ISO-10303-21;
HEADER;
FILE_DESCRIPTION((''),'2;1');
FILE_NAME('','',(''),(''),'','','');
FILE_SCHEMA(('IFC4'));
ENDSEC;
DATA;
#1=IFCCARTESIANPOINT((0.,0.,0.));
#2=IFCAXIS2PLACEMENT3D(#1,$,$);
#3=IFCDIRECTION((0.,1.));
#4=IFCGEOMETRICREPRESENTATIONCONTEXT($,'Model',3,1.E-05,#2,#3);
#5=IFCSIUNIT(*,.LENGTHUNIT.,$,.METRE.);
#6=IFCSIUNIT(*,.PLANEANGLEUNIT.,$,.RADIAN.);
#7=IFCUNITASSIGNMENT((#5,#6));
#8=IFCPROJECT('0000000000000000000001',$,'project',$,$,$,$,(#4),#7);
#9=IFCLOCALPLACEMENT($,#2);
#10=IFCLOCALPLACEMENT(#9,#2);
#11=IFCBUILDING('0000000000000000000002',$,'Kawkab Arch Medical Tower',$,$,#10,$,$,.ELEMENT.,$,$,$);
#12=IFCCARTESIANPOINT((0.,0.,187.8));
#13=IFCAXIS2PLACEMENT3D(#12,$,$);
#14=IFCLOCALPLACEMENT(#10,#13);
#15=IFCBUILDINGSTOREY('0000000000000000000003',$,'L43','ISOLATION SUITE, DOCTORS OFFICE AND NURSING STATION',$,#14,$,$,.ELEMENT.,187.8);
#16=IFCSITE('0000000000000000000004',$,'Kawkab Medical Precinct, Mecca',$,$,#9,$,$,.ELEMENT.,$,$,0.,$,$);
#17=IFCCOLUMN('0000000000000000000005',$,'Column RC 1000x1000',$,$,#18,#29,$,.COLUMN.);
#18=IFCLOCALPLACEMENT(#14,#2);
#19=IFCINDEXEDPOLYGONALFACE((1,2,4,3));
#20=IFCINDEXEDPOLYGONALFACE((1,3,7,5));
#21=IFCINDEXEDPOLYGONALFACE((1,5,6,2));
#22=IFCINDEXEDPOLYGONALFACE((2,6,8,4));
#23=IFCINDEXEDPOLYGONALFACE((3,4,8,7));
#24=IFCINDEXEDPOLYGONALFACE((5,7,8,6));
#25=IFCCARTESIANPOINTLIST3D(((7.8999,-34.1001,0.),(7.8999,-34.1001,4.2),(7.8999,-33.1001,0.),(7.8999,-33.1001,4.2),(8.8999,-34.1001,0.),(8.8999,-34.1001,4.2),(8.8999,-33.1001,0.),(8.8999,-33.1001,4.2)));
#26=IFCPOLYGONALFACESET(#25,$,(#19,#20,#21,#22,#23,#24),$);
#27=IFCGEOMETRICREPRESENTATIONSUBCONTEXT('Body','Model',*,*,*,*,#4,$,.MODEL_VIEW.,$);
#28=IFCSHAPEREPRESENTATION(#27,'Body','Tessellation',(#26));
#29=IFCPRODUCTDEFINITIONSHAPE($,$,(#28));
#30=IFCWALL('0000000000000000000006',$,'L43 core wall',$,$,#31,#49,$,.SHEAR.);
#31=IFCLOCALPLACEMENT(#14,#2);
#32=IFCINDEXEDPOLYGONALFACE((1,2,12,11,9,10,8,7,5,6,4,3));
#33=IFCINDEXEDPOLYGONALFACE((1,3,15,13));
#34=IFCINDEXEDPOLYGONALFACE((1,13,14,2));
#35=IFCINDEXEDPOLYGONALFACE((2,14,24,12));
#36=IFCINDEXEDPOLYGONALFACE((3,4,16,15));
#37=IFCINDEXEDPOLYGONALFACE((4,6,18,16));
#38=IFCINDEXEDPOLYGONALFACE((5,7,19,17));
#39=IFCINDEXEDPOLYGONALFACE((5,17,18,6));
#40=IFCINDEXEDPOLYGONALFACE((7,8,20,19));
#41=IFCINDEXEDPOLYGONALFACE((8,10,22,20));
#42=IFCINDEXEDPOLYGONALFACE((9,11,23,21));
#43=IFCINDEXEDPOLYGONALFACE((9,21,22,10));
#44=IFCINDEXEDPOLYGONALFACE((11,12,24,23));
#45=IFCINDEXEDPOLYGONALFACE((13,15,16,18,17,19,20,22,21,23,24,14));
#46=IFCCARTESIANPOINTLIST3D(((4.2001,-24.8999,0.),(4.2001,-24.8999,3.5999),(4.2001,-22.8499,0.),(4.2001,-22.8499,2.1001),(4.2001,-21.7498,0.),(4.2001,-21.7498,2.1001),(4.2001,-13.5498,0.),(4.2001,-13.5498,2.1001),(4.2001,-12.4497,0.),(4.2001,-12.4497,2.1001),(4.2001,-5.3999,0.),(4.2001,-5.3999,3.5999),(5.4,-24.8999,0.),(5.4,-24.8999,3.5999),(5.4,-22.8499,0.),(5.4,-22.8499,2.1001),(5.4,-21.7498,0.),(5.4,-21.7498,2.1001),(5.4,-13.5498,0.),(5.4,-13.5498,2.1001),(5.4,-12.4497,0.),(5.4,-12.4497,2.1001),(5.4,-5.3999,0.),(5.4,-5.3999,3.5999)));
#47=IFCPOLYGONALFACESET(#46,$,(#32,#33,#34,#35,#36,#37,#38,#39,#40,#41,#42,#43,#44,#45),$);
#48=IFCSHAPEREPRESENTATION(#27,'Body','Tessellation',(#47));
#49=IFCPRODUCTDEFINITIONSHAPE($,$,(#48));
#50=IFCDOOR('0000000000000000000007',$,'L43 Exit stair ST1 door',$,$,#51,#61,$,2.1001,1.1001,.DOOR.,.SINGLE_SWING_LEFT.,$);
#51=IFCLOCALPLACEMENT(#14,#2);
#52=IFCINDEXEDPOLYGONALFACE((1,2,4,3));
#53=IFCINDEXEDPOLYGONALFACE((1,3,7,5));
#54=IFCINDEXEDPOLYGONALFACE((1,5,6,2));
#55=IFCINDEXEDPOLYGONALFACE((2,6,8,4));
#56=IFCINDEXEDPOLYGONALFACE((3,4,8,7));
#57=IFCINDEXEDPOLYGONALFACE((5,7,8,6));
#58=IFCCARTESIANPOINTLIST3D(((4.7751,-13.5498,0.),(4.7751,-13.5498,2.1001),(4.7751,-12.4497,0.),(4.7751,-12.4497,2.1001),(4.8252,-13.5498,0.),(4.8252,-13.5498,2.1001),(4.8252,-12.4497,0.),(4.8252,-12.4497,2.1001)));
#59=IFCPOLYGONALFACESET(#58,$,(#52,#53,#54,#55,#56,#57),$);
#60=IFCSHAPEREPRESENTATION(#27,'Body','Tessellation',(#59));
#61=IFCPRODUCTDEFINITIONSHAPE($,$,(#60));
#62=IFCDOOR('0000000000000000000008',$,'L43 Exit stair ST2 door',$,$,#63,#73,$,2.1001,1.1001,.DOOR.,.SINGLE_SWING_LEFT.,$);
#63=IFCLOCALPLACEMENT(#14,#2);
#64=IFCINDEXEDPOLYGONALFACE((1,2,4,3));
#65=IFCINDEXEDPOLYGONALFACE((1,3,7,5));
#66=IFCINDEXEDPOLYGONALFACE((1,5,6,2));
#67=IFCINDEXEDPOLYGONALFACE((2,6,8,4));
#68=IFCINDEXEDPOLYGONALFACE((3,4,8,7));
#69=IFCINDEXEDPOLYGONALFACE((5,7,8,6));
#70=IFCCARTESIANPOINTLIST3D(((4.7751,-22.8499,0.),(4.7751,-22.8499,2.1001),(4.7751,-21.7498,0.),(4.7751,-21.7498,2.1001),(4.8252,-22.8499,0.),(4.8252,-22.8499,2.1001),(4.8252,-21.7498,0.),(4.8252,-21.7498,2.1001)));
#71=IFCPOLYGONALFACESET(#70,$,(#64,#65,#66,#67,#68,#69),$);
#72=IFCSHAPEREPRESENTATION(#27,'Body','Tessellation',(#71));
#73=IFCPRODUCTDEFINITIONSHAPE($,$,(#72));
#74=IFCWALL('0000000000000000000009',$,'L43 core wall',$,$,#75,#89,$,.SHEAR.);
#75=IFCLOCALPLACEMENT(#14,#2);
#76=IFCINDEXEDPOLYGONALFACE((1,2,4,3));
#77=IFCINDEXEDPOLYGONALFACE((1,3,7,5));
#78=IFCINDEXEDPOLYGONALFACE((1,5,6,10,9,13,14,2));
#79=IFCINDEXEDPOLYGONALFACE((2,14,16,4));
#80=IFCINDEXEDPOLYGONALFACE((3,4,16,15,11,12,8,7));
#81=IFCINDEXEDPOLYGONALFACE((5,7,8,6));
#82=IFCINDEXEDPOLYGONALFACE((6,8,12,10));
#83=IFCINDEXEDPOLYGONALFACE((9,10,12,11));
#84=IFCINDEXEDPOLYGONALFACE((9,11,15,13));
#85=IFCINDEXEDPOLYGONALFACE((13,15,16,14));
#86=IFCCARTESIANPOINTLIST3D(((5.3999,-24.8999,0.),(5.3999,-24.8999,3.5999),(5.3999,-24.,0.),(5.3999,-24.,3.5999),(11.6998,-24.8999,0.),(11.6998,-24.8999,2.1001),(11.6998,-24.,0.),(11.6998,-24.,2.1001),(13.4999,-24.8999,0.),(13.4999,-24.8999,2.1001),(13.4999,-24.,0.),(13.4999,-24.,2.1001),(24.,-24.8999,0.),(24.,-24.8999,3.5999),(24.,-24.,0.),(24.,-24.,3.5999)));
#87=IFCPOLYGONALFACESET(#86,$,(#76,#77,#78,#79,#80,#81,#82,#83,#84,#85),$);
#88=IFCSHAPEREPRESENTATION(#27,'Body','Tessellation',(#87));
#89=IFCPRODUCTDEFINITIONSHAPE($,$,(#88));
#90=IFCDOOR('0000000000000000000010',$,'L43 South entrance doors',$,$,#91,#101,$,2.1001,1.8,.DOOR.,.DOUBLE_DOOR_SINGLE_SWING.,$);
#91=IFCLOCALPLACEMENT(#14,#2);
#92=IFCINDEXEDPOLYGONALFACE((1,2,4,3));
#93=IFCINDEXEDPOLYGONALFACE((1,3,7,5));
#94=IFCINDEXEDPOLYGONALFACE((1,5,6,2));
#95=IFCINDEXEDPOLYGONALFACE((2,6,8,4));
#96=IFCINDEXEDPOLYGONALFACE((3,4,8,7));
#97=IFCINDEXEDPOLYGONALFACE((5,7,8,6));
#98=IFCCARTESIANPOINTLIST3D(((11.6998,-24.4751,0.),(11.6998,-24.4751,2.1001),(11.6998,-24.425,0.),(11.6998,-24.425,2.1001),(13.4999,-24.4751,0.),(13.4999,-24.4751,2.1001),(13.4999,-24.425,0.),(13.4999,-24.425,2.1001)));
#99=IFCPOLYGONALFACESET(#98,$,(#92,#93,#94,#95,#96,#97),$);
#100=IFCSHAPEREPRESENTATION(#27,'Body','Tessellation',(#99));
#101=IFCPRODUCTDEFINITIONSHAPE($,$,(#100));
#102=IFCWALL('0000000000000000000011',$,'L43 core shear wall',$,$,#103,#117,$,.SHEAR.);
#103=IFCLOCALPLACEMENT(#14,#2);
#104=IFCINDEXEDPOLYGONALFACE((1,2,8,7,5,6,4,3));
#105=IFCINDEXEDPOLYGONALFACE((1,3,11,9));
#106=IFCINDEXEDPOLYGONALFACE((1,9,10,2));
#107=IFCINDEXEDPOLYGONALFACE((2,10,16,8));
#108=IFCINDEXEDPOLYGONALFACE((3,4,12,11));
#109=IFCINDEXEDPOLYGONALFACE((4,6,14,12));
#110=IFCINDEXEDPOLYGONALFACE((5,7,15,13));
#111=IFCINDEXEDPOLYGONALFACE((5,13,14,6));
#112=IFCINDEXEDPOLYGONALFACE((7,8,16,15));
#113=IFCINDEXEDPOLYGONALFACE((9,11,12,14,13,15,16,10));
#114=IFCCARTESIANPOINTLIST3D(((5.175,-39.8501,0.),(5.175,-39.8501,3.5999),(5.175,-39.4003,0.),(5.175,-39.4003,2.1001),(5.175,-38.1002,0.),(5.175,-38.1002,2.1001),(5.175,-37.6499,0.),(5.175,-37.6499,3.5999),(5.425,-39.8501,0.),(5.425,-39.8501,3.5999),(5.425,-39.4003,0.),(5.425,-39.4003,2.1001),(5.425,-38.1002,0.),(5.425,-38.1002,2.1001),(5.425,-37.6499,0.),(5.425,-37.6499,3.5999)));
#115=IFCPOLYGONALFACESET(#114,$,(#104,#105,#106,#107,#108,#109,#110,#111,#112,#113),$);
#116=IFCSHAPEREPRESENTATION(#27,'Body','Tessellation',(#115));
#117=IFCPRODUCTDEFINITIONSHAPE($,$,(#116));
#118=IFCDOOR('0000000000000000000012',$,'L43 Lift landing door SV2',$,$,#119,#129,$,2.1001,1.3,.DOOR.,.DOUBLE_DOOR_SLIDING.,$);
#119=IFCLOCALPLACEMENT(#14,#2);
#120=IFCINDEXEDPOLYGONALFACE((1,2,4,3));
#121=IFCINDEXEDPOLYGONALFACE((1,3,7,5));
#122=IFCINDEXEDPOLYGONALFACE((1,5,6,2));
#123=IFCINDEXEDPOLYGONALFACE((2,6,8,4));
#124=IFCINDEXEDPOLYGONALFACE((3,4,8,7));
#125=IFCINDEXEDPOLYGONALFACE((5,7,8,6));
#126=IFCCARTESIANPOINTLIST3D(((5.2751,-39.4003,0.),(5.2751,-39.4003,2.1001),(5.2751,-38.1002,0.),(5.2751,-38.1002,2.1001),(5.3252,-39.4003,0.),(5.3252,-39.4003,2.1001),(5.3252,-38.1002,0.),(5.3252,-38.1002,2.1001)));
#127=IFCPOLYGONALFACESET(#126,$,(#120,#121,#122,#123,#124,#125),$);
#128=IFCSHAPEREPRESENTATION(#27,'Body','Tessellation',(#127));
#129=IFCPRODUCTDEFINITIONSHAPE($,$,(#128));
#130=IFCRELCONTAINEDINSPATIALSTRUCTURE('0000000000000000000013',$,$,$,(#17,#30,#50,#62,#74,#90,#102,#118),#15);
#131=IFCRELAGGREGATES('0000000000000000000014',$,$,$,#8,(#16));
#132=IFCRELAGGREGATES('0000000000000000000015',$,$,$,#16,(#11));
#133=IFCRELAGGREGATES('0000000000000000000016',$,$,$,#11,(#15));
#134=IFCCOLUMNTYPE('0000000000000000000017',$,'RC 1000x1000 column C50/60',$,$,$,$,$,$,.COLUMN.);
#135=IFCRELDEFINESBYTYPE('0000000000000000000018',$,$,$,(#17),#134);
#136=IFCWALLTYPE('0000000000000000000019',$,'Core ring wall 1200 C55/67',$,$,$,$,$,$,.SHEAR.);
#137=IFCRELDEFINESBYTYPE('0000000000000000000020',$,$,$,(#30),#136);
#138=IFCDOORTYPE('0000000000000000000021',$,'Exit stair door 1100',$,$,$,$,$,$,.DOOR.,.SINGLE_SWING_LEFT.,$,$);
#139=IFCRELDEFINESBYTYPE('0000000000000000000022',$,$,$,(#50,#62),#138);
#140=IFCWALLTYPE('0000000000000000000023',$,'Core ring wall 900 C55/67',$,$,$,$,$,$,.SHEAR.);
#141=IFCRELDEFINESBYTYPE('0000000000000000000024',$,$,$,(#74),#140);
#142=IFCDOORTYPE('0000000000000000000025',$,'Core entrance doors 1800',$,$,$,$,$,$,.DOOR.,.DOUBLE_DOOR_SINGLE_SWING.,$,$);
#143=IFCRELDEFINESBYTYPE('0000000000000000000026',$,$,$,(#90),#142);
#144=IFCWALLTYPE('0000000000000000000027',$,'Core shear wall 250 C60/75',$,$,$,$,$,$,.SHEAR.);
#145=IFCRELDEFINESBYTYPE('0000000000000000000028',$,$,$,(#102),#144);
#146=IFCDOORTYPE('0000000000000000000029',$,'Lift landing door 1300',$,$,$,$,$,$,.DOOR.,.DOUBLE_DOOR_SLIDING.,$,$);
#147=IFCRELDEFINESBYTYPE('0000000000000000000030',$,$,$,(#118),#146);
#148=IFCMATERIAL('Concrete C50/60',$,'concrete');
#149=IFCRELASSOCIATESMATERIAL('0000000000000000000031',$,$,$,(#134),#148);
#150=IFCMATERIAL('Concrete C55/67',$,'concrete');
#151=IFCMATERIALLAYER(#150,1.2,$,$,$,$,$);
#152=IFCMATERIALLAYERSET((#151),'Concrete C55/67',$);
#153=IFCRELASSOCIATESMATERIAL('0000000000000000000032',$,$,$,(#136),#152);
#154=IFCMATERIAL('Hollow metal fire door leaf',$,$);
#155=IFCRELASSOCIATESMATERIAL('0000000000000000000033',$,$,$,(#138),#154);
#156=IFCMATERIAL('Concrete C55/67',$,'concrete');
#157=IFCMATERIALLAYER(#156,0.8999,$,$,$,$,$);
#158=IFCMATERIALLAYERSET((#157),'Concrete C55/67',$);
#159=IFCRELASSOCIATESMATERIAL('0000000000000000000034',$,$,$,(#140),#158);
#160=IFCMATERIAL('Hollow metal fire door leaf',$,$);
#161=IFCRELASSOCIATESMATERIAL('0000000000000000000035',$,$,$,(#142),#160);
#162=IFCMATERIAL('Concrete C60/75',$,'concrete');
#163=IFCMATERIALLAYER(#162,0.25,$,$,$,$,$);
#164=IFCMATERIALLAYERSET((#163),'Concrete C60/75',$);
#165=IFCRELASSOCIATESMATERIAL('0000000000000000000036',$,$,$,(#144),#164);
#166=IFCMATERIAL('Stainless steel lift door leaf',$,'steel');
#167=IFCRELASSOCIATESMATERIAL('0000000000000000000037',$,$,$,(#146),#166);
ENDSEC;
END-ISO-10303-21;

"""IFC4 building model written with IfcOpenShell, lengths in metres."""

from ifc_helpers import new_model, si_unit, direction, frame, frame_2d, origin, origin_2d, place, context, subcontext, project, spatial, rectangle, extrude, material, layer, layer_set, material_profile, profile_set, type_object, element, fill, save


model = new_model("IFC4")

# Units and contexts
model_context = context("Model", 3, precision=1e-05, world=origin(), true_north=direction((0.0, 1.0)))
body_context = subcontext(model_context, "Body", "Model", "MODEL_VIEW")
ifc_project = project(units=[si_unit("LENGTHUNIT", "METRE"), si_unit("PLANEANGLEUNIT", "RADIAN")], contexts=[model_context])

# Site, building, storey
site_placement = place(None, origin())
site = spatial("IfcSite", under=ifc_project, at=site_placement, Name="Kawkab Medical Precinct, Mecca", CompositionType="ELEMENT", RefElevation=0.0)
building_placement = place(site_placement, origin())
building = spatial("IfcBuilding", under=site, at=building_placement, Name="Kawkab Arch Medical Tower", CompositionType="ELEMENT")
storey_placement = place(building_placement, frame((0.0, 0.0, 187.8)))
storey = spatial("IfcBuildingStorey", under=building, at=storey_placement, Name="L43", Description="ISOLATION SUITE, DOCTORS OFFICE AND NURSING STATION", CompositionType="ELEMENT", Elevation=187.8)

# Column
ifc_material_1 = material(Name="Concrete C50/60", Category="concrete")
ifc_material_profile = material_profile(ifc_material_1, rectangle(XDim=1.0, YDim=1.0, at=origin_2d()), Name="RC 1000x1000")
ifc_profile_set = profile_set([ifc_material_profile], Name="Concrete C50/60")
column_type = type_object("IfcColumnType", Name="RC 1000x1000 column C50/60", PredefinedType="COLUMN", material=ifc_profile_set)
column_placement = place(storey_placement, frame((8.3999, -33.6001, 0.0), z_axis=(0.0, 0.0, 1.0), x_axis=(1.0, 0.0, 0.0)))
element("IfcColumn", 1, at=column_placement, inside=storey, type_object=column_type, Name="Column RC 1000x1000", PredefinedType="COLUMN", context=body_context, shape_type="SweptSolid", body=[
    extrude(rectangle(XDim=1.0, YDim=1.0, at=origin_2d()), origin(), (0.0, 0.0, 1.0), 4.2),
])

# Wall, openings, doors
ifc_material_2 = material(Name="Concrete C55/67", Category="concrete")
ifc_layer_1 = layer(ifc_material_2, 1.2)
ifc_layer_set_1 = layer_set([ifc_layer_1], Name="Concrete C55/67")
wall_type_1 = type_object("IfcWallType", Name="Core ring wall 1200 C55/67", PredefinedType="SHEAR", material=ifc_layer_set_1)
wall_1_placement = place(storey_placement, frame((4.8, -24.8999, 0.0), z_axis=(0.0, 0.0, 1.0), x_axis=(0.0, 1.0, 0.0)))
wall_1 = element("IfcWall", 2, at=wall_1_placement, inside=storey, type_object=wall_type_1, Name="L43 core wall", PredefinedType="SHEAR", context=body_context, shape_type="SweptSolid", body=[
    extrude(rectangle(XDim=19.5, YDim=1.2, at=frame_2d((9.75, 0.0))), origin(), (0.0, 0.0, 1.0), 3.5999),
])
opening_1_placement = place(wall_1_placement, frame((11.3501, 0.0, 0.0)))
opening_1 = element("IfcOpeningElement", 3, at=opening_1_placement, cuts=wall_1, PredefinedType="OPENING", context=body_context, shape_type="SweptSolid", body=[
    extrude(rectangle(XDim=1.1001, YDim=2.1001, at=frame_2d((0.55, 1.05))), frame((0.0, 0.6099, 0.0), z_axis=(0.0, -1.0, 0.0), x_axis=(1.0, 0.0, 0.0)), (0.0, 0.0, 1.0), 1.22),
])
opening_2_placement = place(wall_1_placement, frame((2.05, 0.0, 0.0)))
opening_2 = element("IfcOpeningElement", 4, at=opening_2_placement, cuts=wall_1, PredefinedType="OPENING", context=body_context, shape_type="SweptSolid", body=[
    extrude(rectangle(XDim=1.1001, YDim=2.1001, at=frame_2d((0.55, 1.05))), frame((0.0, 0.6099, 0.0), z_axis=(0.0, -1.0, 0.0), x_axis=(1.0, 0.0, 0.0)), (0.0, 0.0, 1.0), 1.22),
])
ifc_material_3 = material(Name="Hollow metal fire door leaf")
door_type_1 = type_object("IfcDoorType", Name="Exit stair door 1100", OperationType="SINGLE_SWING_LEFT", PredefinedType="DOOR", material=ifc_material_3)
door_1_placement = place(opening_1_placement, origin())
door_1 = element("IfcDoor", 5, at=door_1_placement, inside=storey, type_object=door_type_1, Name="L43 Exit stair ST1 door", OperationType="SINGLE_SWING_LEFT", OverallHeight=2.1001, OverallWidth=1.1001, PredefinedType="DOOR", context=body_context, shape_type="SweptSolid", body=[
    extrude(rectangle(XDim=1.1001, YDim=2.1001, at=frame_2d((0.55, 1.05))), frame((0.0, 0.0249, 0.0), z_axis=(0.0, -1.0, 0.0), x_axis=(1.0, 0.0, 0.0)), (0.0, 0.0, 1.0), 0.05),
])
fill(opening_1, door_1)
door_2_placement = place(opening_2_placement, origin())
door_2 = element("IfcDoor", 6, at=door_2_placement, inside=storey, type_object=door_type_1, Name="L43 Exit stair ST2 door", OperationType="SINGLE_SWING_LEFT", OverallHeight=2.1001, OverallWidth=1.1001, PredefinedType="DOOR", context=body_context, shape_type="SweptSolid", body=[
    extrude(rectangle(XDim=1.1001, YDim=2.1001, at=frame_2d((0.55, 1.05))), frame((0.0, 0.0249, 0.0), z_axis=(0.0, -1.0, 0.0), x_axis=(1.0, 0.0, 0.0)), (0.0, 0.0, 1.0), 0.05),
])
fill(opening_2, door_2)

# Walls, openings, doors
ifc_material_4 = material(Name="Concrete C55/67", Category="concrete")
ifc_layer_2 = layer(ifc_material_4, 0.8999)
ifc_layer_set_2 = layer_set([ifc_layer_2], Name="Concrete C55/67")
wall_type_2 = type_object("IfcWallType", Name="Core ring wall 900 C55/67", PredefinedType="SHEAR", material=ifc_layer_set_2)
wall_2_placement = place(storey_placement, frame((5.3999, -24.45, 0.0), z_axis=(0.0, 0.0, 1.0), x_axis=(1.0, 0.0, 0.0)))
wall_2 = element("IfcWall", 7, at=wall_2_placement, inside=storey, type_object=wall_type_2, Name="L43 core wall", PredefinedType="SHEAR", context=body_context, shape_type="SweptSolid", body=[
    extrude(rectangle(XDim=18.6001, YDim=0.8999, at=frame_2d((9.3, 0.0))), origin(), (0.0, 0.0, 1.0), 3.5999),
])
opening_3_placement = place(wall_2_placement, frame((6.3, 0.0, 0.0)))
opening_3 = element("IfcOpeningElement", 8, at=opening_3_placement, cuts=wall_2, PredefinedType="OPENING", context=body_context, shape_type="SweptSolid", body=[
    extrude(rectangle(XDim=1.8, YDim=2.1001, at=frame_2d((0.8999, 1.05))), frame((0.0, 0.46, 0.0), z_axis=(0.0, -1.0, 0.0), x_axis=(1.0, 0.0, 0.0)), (0.0, 0.0, 1.0), 0.9199),
])
ifc_material_5 = material(Name="Hollow metal fire door leaf")
door_type_2 = type_object("IfcDoorType", Name="Core entrance doors 1800", OperationType="DOUBLE_DOOR_SINGLE_SWING", PredefinedType="DOOR", material=ifc_material_5)
door_3_placement = place(opening_3_placement, origin())
door_3 = element("IfcDoor", 9, at=door_3_placement, inside=storey, type_object=door_type_2, Name="L43 South entrance doors", OperationType="DOUBLE_DOOR_SINGLE_SWING", OverallHeight=2.1001, OverallWidth=1.8, PredefinedType="DOOR", context=body_context, shape_type="SweptSolid", body=[
    extrude(rectangle(XDim=1.8, YDim=2.1001, at=frame_2d((0.8999, 1.05))), frame((0.0, 0.0249, 0.0), z_axis=(0.0, -1.0, 0.0), x_axis=(1.0, 0.0, 0.0)), (0.0, 0.0, 1.0), 0.05),
])
fill(opening_3, door_3)
ifc_material_6 = material(Name="Concrete C60/75", Category="concrete")
ifc_layer_3 = layer(ifc_material_6, 0.25)
ifc_layer_set_3 = layer_set([ifc_layer_3], Name="Concrete C60/75")
wall_type_3 = type_object("IfcWallType", Name="Core shear wall 250 C60/75", PredefinedType="SHEAR", material=ifc_layer_set_3)
wall_3_placement = place(storey_placement, frame((5.3, -39.8501, 0.0), z_axis=(0.0, 0.0, 1.0), x_axis=(0.0, 1.0, 0.0)))
wall_3 = element("IfcWall", 10, at=wall_3_placement, inside=storey, type_object=wall_type_3, Name="L43 core shear wall", PredefinedType="SHEAR", context=body_context, shape_type="SweptSolid", body=[
    extrude(rectangle(XDim=2.2002, YDim=0.25, at=frame_2d((1.1001, 0.0))), origin(), (0.0, 0.0, 1.0), 3.5999),
])
opening_4_placement = place(wall_3_placement, frame((0.45, 0.0, 0.0)))
opening_4 = element("IfcOpeningElement", 11, at=opening_4_placement, cuts=wall_3, PredefinedType="OPENING", context=body_context, shape_type="SweptSolid", body=[
    extrude(rectangle(XDim=1.3, YDim=2.1001, at=frame_2d((0.6499, 1.05))), frame((0.0, 0.135, 0.0), z_axis=(0.0, -1.0, 0.0), x_axis=(1.0, 0.0, 0.0)), (0.0, 0.0, 1.0), 0.27),
])
ifc_material_7 = material(Name="Stainless steel lift door leaf", Category="steel")
door_type_3 = type_object("IfcDoorType", Name="Lift landing door 1300", OperationType="DOUBLE_DOOR_SLIDING", PredefinedType="DOOR", material=ifc_material_7)
door_4_placement = place(opening_4_placement, origin())
door_4 = element("IfcDoor", 12, at=door_4_placement, inside=storey, type_object=door_type_3, Name="L43 Lift landing door SV2", OperationType="DOUBLE_DOOR_SLIDING", OverallHeight=2.1001, OverallWidth=1.3, PredefinedType="DOOR", context=body_context, shape_type="SweptSolid", body=[
    extrude(rectangle(XDim=1.3, YDim=2.1001, at=frame_2d((0.6499, 1.05))), frame((0.0, 0.0249, 0.0), z_axis=(0.0, -1.0, 0.0), x_axis=(1.0, 0.0, 0.0)), (0.0, 0.0, 1.0), 0.05),
])
fill(opening_4, door_4)

save(model, "model.ifc")
